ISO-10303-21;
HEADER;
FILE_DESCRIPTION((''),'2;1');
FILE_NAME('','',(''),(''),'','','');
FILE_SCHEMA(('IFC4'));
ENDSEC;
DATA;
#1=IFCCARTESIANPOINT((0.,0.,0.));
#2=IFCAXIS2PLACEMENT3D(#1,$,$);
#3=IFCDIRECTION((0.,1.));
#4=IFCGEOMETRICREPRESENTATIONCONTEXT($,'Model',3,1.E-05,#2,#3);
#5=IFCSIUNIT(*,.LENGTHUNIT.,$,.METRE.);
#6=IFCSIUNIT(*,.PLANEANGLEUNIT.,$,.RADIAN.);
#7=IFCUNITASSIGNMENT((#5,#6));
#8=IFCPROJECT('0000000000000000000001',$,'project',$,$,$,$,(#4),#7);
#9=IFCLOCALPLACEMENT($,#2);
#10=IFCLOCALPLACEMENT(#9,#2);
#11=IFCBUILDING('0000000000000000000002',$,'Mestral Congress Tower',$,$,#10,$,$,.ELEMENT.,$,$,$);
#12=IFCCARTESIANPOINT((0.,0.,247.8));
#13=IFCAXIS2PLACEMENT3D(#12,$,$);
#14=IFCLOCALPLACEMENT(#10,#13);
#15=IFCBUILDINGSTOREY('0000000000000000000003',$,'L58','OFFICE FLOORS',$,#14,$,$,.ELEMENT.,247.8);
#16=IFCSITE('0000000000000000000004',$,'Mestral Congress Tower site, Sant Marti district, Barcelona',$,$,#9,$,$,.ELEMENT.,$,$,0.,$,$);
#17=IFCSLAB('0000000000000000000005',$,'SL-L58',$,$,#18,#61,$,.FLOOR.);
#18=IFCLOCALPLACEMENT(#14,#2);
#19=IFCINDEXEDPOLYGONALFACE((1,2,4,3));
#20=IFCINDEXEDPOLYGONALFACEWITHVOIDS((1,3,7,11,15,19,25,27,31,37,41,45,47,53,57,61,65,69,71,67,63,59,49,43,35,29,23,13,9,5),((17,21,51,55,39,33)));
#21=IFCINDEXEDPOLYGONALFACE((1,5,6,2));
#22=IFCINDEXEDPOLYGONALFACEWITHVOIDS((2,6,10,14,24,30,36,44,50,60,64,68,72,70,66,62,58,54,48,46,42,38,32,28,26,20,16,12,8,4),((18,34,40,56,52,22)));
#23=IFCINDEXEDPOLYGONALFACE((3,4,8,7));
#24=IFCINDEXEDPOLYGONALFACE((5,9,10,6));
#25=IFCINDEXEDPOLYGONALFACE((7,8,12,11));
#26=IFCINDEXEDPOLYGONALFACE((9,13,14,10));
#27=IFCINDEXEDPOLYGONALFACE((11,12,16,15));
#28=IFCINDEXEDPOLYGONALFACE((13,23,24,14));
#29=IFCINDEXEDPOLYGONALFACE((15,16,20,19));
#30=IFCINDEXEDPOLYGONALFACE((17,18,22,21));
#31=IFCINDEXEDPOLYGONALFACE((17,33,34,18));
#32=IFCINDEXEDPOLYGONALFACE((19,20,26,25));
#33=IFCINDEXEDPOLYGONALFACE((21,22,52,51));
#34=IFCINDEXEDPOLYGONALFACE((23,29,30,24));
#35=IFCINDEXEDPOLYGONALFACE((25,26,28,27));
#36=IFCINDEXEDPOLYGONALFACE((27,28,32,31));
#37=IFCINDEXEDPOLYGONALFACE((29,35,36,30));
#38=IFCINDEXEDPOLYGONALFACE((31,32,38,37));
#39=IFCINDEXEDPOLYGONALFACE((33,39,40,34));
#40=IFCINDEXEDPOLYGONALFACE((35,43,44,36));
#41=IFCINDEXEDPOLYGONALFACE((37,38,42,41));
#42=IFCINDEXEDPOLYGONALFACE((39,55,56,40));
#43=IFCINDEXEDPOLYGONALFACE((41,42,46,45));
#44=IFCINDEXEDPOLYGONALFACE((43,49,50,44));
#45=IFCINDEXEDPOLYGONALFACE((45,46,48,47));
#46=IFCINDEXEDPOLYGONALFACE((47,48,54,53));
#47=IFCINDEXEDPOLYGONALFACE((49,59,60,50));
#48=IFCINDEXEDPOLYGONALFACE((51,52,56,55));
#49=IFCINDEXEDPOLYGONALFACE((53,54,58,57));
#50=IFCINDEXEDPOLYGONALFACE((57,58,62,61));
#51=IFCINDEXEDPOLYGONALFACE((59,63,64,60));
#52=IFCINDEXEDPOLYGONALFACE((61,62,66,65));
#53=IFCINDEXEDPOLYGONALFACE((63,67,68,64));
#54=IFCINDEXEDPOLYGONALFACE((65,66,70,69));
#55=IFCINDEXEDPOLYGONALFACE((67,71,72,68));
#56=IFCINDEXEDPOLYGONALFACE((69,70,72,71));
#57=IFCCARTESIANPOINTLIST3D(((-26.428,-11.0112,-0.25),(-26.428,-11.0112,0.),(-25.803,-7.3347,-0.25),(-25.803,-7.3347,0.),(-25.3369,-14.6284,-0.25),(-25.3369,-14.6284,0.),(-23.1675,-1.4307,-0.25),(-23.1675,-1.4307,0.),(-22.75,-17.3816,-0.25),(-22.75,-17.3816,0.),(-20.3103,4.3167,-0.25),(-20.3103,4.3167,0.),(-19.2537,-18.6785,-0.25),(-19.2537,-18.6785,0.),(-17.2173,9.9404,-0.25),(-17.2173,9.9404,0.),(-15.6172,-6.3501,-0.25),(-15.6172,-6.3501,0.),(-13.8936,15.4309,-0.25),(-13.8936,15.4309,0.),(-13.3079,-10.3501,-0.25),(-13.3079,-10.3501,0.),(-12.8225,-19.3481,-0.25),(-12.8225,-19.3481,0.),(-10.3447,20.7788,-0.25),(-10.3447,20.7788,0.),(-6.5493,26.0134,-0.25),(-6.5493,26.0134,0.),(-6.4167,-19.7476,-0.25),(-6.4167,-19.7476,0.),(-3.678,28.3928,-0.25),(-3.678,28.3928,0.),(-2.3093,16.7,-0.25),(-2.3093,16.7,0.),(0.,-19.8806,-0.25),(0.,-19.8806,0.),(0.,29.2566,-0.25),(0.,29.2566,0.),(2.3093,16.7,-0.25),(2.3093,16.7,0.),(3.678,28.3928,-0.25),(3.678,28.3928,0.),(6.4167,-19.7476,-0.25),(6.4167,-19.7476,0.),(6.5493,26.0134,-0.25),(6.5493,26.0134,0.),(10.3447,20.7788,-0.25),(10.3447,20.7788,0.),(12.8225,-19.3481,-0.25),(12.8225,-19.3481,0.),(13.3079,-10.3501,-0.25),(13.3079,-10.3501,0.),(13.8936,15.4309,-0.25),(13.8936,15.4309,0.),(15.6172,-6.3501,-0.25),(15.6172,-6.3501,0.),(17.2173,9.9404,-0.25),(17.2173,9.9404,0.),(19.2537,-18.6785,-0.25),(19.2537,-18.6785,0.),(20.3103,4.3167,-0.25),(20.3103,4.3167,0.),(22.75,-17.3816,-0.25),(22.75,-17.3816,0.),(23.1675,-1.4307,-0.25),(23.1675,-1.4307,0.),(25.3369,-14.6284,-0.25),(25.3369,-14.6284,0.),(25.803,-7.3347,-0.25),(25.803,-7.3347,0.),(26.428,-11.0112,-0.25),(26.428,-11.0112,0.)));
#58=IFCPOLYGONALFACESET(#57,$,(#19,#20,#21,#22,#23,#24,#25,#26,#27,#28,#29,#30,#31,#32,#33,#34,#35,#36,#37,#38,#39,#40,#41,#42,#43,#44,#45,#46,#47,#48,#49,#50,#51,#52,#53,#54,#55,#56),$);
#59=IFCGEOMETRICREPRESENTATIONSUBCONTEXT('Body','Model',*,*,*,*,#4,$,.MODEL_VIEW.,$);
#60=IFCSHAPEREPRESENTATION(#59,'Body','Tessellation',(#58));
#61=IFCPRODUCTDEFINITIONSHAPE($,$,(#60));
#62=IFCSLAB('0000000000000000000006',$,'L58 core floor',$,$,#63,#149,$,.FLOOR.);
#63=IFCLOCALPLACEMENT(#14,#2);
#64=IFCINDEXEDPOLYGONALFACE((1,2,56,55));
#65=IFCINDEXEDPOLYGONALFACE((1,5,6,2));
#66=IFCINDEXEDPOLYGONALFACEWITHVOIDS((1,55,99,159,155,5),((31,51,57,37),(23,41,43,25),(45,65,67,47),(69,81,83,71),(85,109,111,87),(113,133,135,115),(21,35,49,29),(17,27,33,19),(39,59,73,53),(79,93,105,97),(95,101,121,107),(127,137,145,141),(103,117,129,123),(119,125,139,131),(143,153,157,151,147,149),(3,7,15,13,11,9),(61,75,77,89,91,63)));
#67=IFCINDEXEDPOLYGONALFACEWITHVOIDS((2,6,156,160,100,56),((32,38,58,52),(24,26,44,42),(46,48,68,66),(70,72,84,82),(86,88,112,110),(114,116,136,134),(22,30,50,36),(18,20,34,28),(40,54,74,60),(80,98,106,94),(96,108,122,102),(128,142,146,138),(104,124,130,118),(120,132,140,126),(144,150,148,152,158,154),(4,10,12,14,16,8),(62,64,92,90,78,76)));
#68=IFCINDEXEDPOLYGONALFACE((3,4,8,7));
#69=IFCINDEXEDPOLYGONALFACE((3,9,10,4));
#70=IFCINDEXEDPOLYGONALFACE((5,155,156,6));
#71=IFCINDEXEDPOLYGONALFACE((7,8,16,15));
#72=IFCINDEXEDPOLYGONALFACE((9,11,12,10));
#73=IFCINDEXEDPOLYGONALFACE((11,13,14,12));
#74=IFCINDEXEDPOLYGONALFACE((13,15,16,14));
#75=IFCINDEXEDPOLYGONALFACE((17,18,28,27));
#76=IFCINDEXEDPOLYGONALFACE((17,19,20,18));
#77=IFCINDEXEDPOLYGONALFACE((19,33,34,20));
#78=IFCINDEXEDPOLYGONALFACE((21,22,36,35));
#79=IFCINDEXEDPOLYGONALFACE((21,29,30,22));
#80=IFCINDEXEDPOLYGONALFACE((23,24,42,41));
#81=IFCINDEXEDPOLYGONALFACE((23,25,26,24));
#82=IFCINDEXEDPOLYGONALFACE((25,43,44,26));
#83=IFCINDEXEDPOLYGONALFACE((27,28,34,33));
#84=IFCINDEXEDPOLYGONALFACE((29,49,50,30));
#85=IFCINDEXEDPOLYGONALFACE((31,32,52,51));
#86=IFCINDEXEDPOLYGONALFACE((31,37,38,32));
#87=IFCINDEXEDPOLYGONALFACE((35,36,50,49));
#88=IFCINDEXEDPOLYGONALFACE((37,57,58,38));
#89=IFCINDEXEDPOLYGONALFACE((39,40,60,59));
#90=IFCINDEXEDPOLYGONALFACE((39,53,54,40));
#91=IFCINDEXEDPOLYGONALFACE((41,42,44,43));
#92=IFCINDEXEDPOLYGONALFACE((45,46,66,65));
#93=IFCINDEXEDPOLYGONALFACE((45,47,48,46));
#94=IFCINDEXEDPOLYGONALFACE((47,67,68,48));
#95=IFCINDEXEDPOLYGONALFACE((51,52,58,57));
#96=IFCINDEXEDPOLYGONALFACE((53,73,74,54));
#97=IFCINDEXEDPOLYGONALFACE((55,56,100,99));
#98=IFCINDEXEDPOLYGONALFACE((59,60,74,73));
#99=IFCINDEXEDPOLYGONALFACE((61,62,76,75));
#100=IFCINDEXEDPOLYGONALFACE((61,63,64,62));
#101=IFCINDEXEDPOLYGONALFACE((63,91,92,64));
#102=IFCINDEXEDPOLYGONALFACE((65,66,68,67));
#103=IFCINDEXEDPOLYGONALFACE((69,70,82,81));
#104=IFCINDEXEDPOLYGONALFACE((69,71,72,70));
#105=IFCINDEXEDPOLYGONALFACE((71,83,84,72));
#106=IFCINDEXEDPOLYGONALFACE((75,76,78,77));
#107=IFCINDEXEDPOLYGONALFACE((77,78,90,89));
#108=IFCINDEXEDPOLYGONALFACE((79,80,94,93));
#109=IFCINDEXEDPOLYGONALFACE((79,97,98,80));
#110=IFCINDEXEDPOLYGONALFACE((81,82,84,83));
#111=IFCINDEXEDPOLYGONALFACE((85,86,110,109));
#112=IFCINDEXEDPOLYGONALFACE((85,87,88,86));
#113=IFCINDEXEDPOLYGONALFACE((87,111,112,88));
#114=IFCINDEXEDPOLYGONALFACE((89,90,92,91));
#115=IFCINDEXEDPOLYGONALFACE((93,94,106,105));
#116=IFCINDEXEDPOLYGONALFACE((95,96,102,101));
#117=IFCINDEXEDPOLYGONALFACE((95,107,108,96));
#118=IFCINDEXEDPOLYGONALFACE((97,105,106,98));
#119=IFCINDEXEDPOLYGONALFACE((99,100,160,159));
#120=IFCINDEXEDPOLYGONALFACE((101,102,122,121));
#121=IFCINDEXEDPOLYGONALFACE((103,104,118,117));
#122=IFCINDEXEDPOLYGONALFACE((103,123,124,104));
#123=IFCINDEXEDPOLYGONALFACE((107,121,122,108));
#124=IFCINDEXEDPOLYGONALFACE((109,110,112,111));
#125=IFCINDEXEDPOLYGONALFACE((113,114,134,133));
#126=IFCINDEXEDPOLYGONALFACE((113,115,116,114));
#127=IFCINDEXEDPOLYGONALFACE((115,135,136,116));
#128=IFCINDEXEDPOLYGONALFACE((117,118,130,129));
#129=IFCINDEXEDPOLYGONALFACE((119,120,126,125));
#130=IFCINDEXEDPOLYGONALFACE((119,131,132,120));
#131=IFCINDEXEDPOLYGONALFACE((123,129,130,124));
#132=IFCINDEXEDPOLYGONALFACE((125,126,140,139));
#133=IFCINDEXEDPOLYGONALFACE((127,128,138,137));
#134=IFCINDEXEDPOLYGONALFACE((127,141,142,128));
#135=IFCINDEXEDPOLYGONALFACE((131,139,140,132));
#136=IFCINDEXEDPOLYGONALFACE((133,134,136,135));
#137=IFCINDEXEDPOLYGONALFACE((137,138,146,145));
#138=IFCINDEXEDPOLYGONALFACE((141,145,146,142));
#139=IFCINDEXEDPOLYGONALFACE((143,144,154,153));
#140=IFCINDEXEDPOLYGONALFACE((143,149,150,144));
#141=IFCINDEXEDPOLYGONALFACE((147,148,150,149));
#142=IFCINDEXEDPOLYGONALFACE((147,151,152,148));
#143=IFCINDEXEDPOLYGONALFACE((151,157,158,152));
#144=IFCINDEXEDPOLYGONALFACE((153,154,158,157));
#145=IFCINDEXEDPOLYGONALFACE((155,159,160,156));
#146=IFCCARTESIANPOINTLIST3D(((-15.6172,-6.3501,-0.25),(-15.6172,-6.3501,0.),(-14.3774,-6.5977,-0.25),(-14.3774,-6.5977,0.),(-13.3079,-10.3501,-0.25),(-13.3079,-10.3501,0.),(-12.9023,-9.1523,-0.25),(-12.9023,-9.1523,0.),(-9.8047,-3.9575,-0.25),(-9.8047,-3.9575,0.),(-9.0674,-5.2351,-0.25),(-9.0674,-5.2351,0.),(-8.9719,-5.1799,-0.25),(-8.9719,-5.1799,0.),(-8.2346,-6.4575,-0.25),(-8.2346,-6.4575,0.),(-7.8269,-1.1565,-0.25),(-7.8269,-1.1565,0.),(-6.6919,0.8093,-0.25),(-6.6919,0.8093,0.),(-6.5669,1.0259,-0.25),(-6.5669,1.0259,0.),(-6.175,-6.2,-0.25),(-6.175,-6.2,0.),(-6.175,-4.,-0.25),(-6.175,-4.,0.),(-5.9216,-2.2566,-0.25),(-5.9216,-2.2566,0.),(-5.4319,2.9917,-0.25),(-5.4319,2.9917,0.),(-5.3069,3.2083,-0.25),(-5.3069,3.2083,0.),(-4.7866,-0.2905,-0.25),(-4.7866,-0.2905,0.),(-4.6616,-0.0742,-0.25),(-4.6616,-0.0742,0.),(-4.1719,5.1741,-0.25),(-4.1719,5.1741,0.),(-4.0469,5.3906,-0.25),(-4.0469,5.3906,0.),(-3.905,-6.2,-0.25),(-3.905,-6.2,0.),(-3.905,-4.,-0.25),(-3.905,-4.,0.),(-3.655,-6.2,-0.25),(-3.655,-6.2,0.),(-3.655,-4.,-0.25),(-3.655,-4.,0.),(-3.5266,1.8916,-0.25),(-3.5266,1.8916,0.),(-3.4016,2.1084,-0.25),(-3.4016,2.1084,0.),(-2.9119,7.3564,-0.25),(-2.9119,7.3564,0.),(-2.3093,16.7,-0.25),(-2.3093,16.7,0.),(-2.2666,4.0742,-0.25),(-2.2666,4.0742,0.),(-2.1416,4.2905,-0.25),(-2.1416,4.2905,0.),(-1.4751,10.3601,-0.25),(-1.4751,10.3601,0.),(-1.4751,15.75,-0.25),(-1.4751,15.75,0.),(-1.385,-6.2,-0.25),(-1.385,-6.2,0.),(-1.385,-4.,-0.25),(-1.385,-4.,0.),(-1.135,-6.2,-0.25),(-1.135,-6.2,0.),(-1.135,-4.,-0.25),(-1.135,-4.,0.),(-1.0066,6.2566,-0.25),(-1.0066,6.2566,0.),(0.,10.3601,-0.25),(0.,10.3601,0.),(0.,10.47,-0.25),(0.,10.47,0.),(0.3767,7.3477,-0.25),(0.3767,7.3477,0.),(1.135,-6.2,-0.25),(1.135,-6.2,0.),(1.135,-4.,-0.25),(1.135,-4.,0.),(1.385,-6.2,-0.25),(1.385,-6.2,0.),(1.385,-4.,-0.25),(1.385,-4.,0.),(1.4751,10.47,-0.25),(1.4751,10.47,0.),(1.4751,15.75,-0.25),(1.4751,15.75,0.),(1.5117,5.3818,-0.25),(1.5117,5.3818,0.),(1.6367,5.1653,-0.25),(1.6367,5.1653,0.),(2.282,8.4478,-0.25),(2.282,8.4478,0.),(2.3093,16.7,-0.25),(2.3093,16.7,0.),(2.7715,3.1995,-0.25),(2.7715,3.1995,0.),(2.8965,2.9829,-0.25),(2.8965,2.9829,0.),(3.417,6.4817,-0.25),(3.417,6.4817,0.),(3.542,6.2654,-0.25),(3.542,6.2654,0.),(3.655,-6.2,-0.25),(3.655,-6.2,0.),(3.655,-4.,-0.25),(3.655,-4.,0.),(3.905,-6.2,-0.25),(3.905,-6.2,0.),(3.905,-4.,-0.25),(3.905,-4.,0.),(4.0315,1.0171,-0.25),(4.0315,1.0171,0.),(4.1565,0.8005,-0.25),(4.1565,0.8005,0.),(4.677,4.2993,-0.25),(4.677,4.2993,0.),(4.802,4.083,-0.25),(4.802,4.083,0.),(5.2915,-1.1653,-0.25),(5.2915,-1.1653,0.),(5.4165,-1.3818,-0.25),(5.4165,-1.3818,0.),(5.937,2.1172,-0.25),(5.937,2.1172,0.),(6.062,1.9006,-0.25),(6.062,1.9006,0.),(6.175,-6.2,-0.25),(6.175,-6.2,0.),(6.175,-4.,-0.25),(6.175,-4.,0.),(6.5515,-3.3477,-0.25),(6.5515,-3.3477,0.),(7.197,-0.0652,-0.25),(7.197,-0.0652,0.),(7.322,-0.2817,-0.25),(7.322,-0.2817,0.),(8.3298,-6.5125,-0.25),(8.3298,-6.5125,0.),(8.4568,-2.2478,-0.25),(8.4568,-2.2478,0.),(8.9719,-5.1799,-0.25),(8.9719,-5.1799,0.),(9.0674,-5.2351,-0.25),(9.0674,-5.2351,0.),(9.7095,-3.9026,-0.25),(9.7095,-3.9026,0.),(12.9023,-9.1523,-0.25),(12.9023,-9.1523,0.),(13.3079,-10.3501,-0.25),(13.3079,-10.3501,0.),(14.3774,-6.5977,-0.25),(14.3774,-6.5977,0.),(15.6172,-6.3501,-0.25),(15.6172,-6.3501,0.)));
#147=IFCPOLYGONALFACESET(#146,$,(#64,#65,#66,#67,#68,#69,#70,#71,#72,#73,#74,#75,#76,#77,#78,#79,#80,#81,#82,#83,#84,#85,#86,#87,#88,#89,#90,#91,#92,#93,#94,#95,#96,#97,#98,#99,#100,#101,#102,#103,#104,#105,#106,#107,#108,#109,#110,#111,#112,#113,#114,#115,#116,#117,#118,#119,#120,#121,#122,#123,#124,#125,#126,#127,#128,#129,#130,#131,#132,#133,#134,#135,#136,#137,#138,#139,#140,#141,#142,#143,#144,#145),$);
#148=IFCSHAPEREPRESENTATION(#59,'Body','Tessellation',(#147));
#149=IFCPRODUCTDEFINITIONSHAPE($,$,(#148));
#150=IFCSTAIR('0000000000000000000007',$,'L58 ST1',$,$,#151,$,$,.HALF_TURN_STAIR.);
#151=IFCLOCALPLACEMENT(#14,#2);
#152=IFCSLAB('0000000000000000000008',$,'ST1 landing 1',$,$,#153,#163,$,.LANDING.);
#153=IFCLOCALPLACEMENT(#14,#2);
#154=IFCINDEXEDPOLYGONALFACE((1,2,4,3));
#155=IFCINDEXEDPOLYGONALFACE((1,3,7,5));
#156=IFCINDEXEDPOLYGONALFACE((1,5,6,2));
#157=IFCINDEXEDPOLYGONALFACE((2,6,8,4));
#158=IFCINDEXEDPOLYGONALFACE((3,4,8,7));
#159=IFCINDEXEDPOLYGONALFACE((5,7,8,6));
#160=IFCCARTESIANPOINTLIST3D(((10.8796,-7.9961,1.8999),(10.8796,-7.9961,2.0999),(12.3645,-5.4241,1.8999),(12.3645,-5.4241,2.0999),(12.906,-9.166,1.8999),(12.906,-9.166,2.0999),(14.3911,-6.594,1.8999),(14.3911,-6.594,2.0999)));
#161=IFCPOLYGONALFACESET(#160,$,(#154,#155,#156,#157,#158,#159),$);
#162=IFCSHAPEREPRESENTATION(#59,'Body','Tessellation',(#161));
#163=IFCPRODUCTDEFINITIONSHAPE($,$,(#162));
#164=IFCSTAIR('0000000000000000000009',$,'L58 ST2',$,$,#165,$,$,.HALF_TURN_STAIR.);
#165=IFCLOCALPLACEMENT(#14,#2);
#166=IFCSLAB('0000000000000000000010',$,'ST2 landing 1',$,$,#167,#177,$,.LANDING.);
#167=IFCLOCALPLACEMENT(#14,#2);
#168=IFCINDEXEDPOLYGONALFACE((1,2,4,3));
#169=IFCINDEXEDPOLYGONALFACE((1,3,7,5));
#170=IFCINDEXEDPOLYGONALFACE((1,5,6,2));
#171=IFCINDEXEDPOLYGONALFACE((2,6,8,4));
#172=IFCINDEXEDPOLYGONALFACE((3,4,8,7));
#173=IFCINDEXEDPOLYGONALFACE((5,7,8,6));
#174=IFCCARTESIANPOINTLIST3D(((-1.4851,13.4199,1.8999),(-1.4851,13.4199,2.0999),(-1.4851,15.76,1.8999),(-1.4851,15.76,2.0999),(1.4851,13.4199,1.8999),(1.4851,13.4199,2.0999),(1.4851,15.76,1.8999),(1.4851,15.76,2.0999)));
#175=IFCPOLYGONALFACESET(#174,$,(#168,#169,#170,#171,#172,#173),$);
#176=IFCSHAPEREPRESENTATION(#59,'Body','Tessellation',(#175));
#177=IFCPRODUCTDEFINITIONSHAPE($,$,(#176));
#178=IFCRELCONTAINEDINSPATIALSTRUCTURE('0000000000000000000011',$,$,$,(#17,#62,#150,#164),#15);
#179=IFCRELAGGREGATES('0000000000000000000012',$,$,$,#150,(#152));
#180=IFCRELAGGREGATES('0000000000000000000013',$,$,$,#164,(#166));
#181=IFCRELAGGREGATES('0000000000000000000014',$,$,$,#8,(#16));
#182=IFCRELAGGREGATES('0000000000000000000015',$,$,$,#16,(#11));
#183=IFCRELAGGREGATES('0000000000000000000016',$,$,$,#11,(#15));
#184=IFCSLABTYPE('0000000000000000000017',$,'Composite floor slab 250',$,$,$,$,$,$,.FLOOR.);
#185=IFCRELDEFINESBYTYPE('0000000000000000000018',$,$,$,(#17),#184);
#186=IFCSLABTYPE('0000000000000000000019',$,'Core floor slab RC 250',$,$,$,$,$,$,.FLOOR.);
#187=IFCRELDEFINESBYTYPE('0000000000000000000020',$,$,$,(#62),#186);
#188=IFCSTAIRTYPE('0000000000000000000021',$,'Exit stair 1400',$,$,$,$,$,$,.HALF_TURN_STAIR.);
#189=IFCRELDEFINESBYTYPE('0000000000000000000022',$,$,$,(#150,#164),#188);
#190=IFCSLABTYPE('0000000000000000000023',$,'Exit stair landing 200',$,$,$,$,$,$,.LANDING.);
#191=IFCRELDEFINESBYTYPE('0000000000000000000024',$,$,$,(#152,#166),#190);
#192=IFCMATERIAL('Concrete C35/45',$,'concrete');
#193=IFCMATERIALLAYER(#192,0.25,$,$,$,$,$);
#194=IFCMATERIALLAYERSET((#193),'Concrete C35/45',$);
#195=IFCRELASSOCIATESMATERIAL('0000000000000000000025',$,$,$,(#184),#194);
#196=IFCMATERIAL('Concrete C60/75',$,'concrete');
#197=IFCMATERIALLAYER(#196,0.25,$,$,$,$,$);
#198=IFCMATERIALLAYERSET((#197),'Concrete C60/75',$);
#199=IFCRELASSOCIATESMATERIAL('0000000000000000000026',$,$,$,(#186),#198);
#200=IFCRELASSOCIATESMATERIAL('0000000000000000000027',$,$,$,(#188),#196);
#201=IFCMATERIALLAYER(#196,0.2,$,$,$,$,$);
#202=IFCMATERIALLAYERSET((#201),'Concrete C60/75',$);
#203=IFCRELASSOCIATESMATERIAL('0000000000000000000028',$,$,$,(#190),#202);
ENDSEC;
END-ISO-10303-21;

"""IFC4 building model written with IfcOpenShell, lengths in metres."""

from ifc_helpers import new_model, si_unit, direction, frame, origin, place, context, subcontext, project, spatial, polyline, outline, extrude, material, layer, layer_set, type_object, element, aggregate, save


model = new_model("IFC4")

# Units and contexts
model_context = context("Model", 3, precision=1e-05, world=origin(), true_north=direction((0.0, 1.0)))
body_context = subcontext(model_context, "Body", "Model", "MODEL_VIEW")
ifc_project = project(units=[si_unit("LENGTHUNIT", "METRE"), si_unit("PLANEANGLEUNIT", "RADIAN")], contexts=[model_context])

# Site, building, storey
site_placement = place(None, origin())
site = spatial("IfcSite", under=ifc_project, at=site_placement, Name="Mestral Congress Tower site, Sant Marti district, Barcelona", CompositionType="ELEMENT", RefElevation=0.0)
building_placement = place(site_placement, origin())
building = spatial("IfcBuilding", under=site, at=building_placement, Name="Mestral Congress Tower", CompositionType="ELEMENT")
storey_placement = place(building_placement, frame((0.0, 0.0, 247.8)))
storey = spatial("IfcBuildingStorey", under=building, at=storey_placement, Name="L58", Description="OFFICE FLOORS", CompositionType="ELEMENT", Elevation=247.8)

# Slabs
ifc_material_1 = material(Name="Concrete C35/45", Category="concrete")
ifc_layer_1 = layer(ifc_material_1, 0.25)
ifc_layer_set_1 = layer_set([ifc_layer_1], Name="Concrete C35/45")
slab_type_1 = type_object("IfcSlabType", Name="Composite floor slab 250", PredefinedType="FLOOR", material=ifc_layer_set_1)
placement_1 = place(storey_placement, frame((0.0, 0.0, -0.25)))
element("IfcSlab", 1, at=placement_1, inside=storey, type_object=slab_type_1, Name="SL-L58", PredefinedType="FLOOR", context=body_context, shape_type="SweptSolid", body=[
    extrude(outline(polyline([(-19.2537, -18.6785), (-22.75, -17.3816), (-25.3369, -14.6284), (-26.428, -11.0112), (-25.803, -7.3347), (-23.1675, -1.4307), (-20.3103, 4.3167), (-17.2173, 9.9404), (-13.8936, 15.4309), (-10.3447, 20.7788), (-6.5493, 26.0134), (-3.678, 28.3928), (0.0, 29.2566), (3.678, 28.3928), (6.5493, 26.0134), (10.3447, 20.7788), (13.8936, 15.4309), (17.2173, 9.9404), (20.3103, 4.3167), (23.1675, -1.4307), (25.803, -7.3347), (26.428, -11.0112), (25.3369, -14.6284), (22.75, -17.3816), (19.2537, -18.6785), (12.8225, -19.3481), (6.4167, -19.7476), (0.0, -19.8806), (-6.4167, -19.7476), (-12.8225, -19.3481), (-19.2537, -18.6785)]), holes=[polyline([(-2.3093, 16.7), (-15.6172, -6.3501), (-13.3079, -10.3501), (13.3079, -10.3501), (15.6172, -6.3501), (2.3093, 16.7), (-2.3093, 16.7)])]), origin(), (0.0, 0.0, 1.0), 0.25),
])
ifc_material_2 = material(Name="Concrete C60/75", Category="concrete")
ifc_layer_2 = layer(ifc_material_2, 0.25)
ifc_layer_set_2 = layer_set([ifc_layer_2], Name="Concrete C60/75")
slab_type_2 = type_object("IfcSlabType", Name="Core floor slab RC 250", PredefinedType="FLOOR", material=ifc_layer_set_2)
element("IfcSlab", 2, at=placement_1, inside=storey, type_object=slab_type_2, Name="L58 core floor", PredefinedType="FLOOR", context=body_context, shape_type="SweptSolid", body=[
    extrude(outline(polyline([(13.3079, -10.3501), (-13.3079, -10.3501), (-15.6172, -6.3501), (-2.3093, 16.7), (2.3093, 16.7), (15.6172, -6.3501), (13.3079, -10.3501)]), holes=[polyline([(-9.8047, -3.9575), (-14.3774, -6.5977), (-12.9023, -9.1523), (-8.2346, -6.4575), (-8.9719, -5.1799), (-9.0674, -5.2351), (-9.8047, -3.9575)]), polyline([(-3.905, -4.0), (-6.175, -4.0), (-6.175, -6.2), (-3.905, -6.2), (-3.905, -4.0)]), polyline([(-1.385, -4.0), (-3.655, -4.0), (-3.655, -6.2), (-1.385, -6.2), (-1.385, -4.0)]), polyline([(1.135, -4.0), (-1.135, -4.0), (-1.135, -6.2), (1.135, -6.2), (1.135, -4.0)]), polyline([(-5.9216, -2.2566), (-4.7866, -0.2905), (-6.6919, 0.8093), (-7.8269, -1.1565), (-5.9216, -2.2566)]), polyline([(-4.6616, -0.0742), (-3.5266, 1.8916), (-5.4319, 2.9917), (-6.5669, 1.0259), (-4.6616, -0.0742)]), polyline([(-3.4016, 2.1084), (-2.2666, 4.0742), (-4.1719, 5.1741), (-5.3069, 3.2083), (-3.4016, 2.1084)]), polyline([(-2.1416, 4.2905), (-1.0066, 6.2566), (-2.9119, 7.3564), (-4.0469, 5.3906), (-2.1416, 4.2905)]), polyline([(1.4751, 10.47), (1.4751, 15.75), (-1.4751, 15.75), (-1.4751, 10.3601), (0.0, 10.3601), (0.0, 10.47), (1.4751, 10.47)]), polyline([(8.3298, -6.5125), (12.9023, -9.1523), (14.3774, -6.5977), (9.7095, -3.9026), (8.9719, -5.1799), (9.0674, -5.2351), (8.3298, -6.5125)]), polyline([(3.655, -4.0), (1.385, -4.0), (1.385, -6.2), (3.655, -6.2), (3.655, -4.0)]), polyline([(6.175, -4.0), (3.905, -4.0), (3.905, -6.2), (6.175, -6.2), (6.175, -4.0)]), polyline([(5.4165, -1.3818), (6.5515, -3.3477), (8.4568, -2.2478), (7.322, -0.2817), (5.4165, -1.3818)]), polyline([(4.1565, 0.8005), (5.2915, -1.1653), (7.197, -0.0652), (6.062, 1.9006), (4.1565, 0.8005)]), polyline([(2.8965, 2.9829), (4.0315, 1.0171), (5.937, 2.1172), (4.802, 4.083), (2.8965, 2.9829)]), polyline([(3.542, 6.2654), (1.6367, 5.1653), (2.7715, 3.1995), (4.677, 4.2993), (3.542, 6.2654)]), polyline([(2.282, 8.4478), (0.3767, 7.3477), (1.5117, 5.3818), (3.417, 6.4817), (2.282, 8.4478)])]), origin(), (0.0, 0.0, 1.0), 0.25),
])

# Stairs, slabs
stair_type = type_object("IfcStairType", Name="Exit stair 1400", PredefinedType="HALF_TURN_STAIR", material=ifc_material_2)
placement_2 = place(storey_placement, origin())
stair_1 = element("IfcStair", 3, at=placement_2, inside=storey, type_object=stair_type, Name="L58 ST1", PredefinedType="HALF_TURN_STAIR")
ifc_layer_3 = layer(ifc_material_2, 0.2)
ifc_layer_set_3 = layer_set([ifc_layer_3], Name="Concrete C60/75")
slab_type_3 = type_object("IfcSlabType", Name="Exit stair landing 200", PredefinedType="LANDING", material=ifc_layer_set_3)
placement_3 = place(storey_placement, frame((0.0, 0.0, 1.8999)))
slab_1 = element("IfcSlab", 4, at=placement_3, type_object=slab_type_3, Name="ST1 landing 1", PredefinedType="LANDING", context=body_context, shape_type="SweptSolid", body=[
    extrude(outline(polyline([(10.8796, -7.9961), (12.3645, -5.4241), (14.3911, -6.594), (12.906, -9.166), (10.8796, -7.9961)])), origin(), (0.0, 0.0, 1.0), 0.2),
])
aggregate(stair_1, [slab_1])
stair_2 = element("IfcStair", 5, at=placement_2, inside=storey, type_object=stair_type, Name="L58 ST2", PredefinedType="HALF_TURN_STAIR")
slab_2 = element("IfcSlab", 6, at=placement_3, type_object=slab_type_3, Name="ST2 landing 1", PredefinedType="LANDING", context=body_context, shape_type="SweptSolid", body=[
    extrude(outline(polyline([(1.4851, 13.4199), (-1.4851, 13.4199), (-1.4851, 15.76), (1.4851, 15.76), (1.4851, 13.4199)])), origin(), (0.0, 0.0, 1.0), 0.2),
])
aggregate(stair_2, [slab_2])

save(model, "model.ifc")
